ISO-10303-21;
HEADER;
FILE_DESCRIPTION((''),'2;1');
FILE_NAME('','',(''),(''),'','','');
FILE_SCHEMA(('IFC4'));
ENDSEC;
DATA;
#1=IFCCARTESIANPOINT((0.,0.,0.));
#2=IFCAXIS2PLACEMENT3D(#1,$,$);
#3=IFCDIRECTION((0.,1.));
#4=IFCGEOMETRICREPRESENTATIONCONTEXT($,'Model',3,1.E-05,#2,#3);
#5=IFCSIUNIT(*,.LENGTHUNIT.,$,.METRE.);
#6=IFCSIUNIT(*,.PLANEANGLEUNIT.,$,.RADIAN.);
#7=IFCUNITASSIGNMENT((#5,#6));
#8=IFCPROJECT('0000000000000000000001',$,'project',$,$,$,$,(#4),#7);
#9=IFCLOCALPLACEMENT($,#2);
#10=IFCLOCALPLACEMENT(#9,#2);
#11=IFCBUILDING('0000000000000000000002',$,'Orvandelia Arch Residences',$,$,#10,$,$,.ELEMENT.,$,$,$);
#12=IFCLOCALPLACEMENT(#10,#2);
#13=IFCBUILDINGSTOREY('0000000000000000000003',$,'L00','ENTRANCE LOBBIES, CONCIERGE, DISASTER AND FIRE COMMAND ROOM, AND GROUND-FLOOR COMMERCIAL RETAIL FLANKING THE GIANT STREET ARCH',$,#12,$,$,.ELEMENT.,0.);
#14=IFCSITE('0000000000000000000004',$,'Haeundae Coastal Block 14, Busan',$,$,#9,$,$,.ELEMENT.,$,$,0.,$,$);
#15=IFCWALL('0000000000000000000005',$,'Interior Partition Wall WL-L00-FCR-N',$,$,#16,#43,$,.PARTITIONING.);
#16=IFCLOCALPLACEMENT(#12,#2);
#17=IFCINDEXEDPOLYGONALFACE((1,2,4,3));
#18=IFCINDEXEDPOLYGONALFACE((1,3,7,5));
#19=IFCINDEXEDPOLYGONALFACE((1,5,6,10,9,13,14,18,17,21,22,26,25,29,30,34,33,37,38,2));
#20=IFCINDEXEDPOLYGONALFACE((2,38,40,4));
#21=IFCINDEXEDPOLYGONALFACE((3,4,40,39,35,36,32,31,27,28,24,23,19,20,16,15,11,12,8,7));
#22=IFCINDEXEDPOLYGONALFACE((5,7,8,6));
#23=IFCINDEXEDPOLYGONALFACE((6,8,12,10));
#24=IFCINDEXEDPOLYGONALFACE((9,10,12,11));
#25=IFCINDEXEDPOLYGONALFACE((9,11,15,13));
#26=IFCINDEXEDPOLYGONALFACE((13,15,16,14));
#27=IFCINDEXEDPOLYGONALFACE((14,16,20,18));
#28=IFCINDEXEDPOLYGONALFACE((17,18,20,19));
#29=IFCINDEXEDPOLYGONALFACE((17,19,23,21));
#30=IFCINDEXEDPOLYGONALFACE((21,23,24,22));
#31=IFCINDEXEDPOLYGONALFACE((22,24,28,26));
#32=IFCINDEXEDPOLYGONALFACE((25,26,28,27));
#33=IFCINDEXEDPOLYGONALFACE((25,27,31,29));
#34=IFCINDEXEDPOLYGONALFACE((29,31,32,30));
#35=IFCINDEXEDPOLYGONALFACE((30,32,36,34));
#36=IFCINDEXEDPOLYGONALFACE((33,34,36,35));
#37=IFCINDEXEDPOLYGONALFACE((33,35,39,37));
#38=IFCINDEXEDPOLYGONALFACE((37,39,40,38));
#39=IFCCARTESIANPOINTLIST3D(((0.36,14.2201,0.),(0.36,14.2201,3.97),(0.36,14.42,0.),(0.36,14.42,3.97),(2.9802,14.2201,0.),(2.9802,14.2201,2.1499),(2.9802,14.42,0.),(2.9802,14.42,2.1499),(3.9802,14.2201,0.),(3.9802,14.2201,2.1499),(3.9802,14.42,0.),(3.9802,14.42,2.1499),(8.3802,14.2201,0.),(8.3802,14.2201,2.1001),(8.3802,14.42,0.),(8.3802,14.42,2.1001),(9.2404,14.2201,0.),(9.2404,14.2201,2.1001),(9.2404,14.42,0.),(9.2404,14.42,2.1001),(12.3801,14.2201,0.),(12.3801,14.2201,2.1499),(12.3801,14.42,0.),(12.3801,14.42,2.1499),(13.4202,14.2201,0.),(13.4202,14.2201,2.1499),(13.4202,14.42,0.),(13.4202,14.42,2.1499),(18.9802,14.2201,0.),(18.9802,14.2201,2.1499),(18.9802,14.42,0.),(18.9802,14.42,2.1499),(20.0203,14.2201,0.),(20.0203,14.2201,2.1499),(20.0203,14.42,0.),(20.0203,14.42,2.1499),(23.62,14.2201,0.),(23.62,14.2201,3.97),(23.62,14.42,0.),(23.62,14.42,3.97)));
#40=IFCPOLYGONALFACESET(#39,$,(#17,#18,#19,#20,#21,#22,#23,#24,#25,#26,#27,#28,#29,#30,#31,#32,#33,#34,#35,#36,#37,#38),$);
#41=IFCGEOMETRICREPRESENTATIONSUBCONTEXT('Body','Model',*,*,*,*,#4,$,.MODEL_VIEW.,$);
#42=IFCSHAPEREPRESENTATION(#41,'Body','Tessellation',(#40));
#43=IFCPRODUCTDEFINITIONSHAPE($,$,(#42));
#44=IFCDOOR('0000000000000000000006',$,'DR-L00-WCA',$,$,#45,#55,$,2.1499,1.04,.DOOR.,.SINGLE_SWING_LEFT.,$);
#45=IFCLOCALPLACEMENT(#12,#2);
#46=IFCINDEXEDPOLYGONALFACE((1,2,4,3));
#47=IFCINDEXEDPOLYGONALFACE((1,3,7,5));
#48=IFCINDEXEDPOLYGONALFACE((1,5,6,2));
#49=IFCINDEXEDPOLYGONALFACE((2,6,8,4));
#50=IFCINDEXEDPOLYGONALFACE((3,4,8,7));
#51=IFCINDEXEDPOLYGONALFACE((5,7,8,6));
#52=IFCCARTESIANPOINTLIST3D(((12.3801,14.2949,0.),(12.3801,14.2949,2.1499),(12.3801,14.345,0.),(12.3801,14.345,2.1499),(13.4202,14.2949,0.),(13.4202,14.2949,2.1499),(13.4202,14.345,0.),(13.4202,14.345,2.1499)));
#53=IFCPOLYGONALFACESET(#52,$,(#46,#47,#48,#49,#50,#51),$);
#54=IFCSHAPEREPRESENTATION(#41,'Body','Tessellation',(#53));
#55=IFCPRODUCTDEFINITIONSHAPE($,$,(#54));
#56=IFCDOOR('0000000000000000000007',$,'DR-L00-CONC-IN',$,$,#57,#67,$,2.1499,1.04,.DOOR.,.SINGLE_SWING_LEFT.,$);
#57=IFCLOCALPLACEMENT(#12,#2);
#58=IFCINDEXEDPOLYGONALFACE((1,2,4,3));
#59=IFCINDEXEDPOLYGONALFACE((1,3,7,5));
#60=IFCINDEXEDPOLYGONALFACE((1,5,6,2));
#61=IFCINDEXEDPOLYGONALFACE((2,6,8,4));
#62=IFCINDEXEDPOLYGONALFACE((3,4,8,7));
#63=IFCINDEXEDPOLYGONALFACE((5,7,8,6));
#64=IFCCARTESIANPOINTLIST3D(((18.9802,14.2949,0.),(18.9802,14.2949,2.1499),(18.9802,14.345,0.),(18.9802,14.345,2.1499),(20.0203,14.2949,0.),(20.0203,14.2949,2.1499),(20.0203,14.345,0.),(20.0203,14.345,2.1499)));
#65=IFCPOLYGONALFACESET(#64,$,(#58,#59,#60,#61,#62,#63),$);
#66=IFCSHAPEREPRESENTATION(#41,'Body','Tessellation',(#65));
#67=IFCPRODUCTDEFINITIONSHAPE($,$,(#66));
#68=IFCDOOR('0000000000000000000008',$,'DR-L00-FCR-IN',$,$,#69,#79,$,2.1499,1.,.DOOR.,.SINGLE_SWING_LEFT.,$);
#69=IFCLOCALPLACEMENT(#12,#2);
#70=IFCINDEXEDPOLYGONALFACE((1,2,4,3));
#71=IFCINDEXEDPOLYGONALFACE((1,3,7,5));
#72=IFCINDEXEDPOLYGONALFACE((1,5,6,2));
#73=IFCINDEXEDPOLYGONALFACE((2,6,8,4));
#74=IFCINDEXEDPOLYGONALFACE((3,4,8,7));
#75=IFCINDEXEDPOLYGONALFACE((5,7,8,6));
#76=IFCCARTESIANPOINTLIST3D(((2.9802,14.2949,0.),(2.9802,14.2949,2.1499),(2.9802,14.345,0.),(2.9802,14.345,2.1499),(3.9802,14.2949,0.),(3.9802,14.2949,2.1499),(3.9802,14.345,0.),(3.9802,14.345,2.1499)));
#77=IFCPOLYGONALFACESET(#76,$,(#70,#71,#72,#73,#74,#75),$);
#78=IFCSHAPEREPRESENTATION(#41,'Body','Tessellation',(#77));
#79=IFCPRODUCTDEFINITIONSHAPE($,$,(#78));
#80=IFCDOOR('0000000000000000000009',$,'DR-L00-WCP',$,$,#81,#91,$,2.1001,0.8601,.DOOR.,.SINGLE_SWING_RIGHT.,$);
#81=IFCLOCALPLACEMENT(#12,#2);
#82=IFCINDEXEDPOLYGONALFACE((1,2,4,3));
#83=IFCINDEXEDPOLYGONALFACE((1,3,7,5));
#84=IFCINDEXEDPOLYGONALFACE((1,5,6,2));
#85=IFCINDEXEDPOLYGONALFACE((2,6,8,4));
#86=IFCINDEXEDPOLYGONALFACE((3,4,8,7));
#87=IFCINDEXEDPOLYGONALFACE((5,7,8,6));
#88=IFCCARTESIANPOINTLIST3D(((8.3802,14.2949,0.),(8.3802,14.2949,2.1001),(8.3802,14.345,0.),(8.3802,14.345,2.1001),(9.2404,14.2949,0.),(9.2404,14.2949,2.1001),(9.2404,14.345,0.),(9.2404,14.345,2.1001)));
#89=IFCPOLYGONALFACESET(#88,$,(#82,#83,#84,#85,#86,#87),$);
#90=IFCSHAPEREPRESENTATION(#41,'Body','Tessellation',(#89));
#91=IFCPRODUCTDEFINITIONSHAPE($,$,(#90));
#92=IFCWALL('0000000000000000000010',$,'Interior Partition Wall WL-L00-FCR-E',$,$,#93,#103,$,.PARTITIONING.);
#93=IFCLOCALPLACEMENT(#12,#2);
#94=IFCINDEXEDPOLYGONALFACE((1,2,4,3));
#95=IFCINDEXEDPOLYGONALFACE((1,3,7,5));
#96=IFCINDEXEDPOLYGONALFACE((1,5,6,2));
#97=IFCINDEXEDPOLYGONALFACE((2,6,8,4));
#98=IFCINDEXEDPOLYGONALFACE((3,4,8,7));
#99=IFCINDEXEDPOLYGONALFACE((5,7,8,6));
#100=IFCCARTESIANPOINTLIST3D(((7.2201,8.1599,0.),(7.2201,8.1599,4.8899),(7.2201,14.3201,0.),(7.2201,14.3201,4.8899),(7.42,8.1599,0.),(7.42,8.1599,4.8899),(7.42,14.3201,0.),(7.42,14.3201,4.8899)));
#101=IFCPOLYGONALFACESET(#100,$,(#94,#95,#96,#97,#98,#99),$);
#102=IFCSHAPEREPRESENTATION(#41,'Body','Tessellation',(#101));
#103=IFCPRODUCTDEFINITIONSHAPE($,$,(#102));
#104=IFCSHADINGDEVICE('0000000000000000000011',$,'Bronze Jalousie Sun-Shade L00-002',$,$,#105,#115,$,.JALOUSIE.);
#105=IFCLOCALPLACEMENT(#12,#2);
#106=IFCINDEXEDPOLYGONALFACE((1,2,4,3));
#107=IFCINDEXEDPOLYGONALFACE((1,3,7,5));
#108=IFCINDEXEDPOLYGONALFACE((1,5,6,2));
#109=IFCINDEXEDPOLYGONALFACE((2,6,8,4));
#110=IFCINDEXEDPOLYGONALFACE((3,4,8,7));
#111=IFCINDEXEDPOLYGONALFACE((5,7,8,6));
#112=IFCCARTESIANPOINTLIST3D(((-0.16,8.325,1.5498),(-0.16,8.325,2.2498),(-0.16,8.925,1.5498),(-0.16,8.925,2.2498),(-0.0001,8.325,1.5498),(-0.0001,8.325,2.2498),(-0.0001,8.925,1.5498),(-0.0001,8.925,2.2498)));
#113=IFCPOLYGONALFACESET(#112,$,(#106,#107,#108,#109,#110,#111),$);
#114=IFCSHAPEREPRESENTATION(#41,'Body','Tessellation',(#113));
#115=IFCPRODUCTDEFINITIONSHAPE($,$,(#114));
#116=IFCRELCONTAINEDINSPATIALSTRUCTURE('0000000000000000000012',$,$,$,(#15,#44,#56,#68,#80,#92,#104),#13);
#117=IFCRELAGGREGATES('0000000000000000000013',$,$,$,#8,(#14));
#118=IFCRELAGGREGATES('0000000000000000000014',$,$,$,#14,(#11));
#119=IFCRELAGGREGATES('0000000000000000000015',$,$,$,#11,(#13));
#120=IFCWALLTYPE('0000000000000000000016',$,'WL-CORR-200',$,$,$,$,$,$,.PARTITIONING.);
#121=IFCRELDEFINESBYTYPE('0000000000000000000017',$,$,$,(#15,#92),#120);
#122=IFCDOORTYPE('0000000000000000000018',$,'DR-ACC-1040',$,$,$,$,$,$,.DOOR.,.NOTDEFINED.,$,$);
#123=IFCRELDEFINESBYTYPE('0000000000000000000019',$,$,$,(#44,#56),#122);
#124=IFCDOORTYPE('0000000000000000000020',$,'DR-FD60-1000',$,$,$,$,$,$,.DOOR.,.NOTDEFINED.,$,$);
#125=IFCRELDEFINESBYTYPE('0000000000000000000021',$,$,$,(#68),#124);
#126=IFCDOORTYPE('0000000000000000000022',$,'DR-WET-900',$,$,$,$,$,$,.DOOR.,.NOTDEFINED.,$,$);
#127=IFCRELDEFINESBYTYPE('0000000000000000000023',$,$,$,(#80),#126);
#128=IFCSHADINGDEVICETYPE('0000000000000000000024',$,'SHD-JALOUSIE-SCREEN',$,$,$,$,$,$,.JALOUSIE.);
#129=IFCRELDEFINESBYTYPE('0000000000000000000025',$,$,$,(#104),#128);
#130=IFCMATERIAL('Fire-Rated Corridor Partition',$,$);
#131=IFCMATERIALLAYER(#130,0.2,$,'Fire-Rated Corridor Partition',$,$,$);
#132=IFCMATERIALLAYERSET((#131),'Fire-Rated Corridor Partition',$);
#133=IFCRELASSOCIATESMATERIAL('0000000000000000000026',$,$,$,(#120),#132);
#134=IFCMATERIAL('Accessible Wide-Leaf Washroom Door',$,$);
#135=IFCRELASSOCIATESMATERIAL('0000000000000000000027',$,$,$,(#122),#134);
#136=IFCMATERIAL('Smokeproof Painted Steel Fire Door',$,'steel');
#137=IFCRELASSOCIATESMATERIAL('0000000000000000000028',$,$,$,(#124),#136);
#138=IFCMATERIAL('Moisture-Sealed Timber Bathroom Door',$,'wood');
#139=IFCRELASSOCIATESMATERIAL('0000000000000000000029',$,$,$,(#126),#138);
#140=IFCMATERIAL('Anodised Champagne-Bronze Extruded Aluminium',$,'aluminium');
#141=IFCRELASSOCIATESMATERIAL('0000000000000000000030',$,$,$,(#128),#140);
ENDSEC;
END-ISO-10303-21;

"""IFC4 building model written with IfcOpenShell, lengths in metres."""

from ifc_helpers import new_model, si_unit, direction, frame, frame_2d, origin, origin_2d, place, context, subcontext, project, spatial, rectangle, extrude, material, layer, layer_set, type_object, element, fill, save


model = new_model("IFC4")

# Units and contexts
model_context = context("Model", 3, precision=1e-05, world=origin(), true_north=direction((0.0, 1.0)))
body_context = subcontext(model_context, "Body", "Model", "MODEL_VIEW")
ifc_project = project(units=[si_unit("LENGTHUNIT", "METRE"), si_unit("PLANEANGLEUNIT", "RADIAN")], contexts=[model_context])

# Site, building, storey
site_placement = place(None, origin())
site = spatial("IfcSite", under=ifc_project, at=site_placement, Name="Haeundae Coastal Block 14, Busan", CompositionType="ELEMENT", RefElevation=0.0)
building_placement = place(site_placement, origin())
building = spatial("IfcBuilding", under=site, at=building_placement, Name="Orvandelia Arch Residences", CompositionType="ELEMENT")
storey_placement = place(building_placement, origin())
storey = spatial("IfcBuildingStorey", under=building, at=storey_placement, Name="L00", Description="ENTRANCE LOBBIES, CONCIERGE, DISASTER AND FIRE COMMAND ROOM, AND GROUND-FLOOR COMMERCIAL RETAIL FLANKING THE GIANT STREET ARCH", CompositionType="ELEMENT", Elevation=0.0)

# Wall, openings, doors
ifc_material_1 = material(Name="Fire-Rated Corridor Partition")
ifc_layer = layer(ifc_material_1, 0.2, Name="Fire-Rated Corridor Partition")
ifc_layer_set = layer_set([ifc_layer], Name="Fire-Rated Corridor Partition")
wall_type = type_object("IfcWallType", Name="WL-CORR-200", PredefinedType="PARTITIONING", material=ifc_layer_set)
wall_1_placement = place(storey_placement, frame((0.3601, 14.3201, 0.0), z_axis=(0.0, 0.0, 1.0), x_axis=(1.0, 0.0, 0.0)))
wall_1 = element("IfcWall", 1, at=wall_1_placement, inside=storey, type_object=wall_type, Name="Interior Partition Wall WL-L00-FCR-N", PredefinedType="PARTITIONING", context=body_context, shape_type="SweptSolid", body=[
    extrude(rectangle(XDim=23.26, YDim=0.2, at=frame_2d((11.6299, 0.0))), origin(), (0.0, 0.0, 1.0), 3.97),
])
opening_1_placement = place(wall_1_placement, frame((2.6201, 0.0, 0.0)))
opening_1 = element("IfcOpeningElement", 2, at=opening_1_placement, cuts=wall_1, PredefinedType="OPENING", context=body_context, shape_type="SweptSolid", body=[
    extrude(rectangle(XDim=1.0, YDim=2.1499, at=frame_2d((0.5, 1.075))), frame((0.0, 0.1099, 0.0), z_axis=(0.0, -1.0, 0.0), x_axis=(1.0, 0.0, 0.0)), (0.0, 0.0, 1.0), 0.22),
])
opening_2_placement = place(wall_1_placement, frame((8.02, 0.0, 0.0)))
opening_2 = element("IfcOpeningElement", 3, at=opening_2_placement, cuts=wall_1, PredefinedType="OPENING", context=body_context, shape_type="SweptSolid", body=[
    extrude(rectangle(XDim=0.8601, YDim=2.1001, at=frame_2d((0.4302, 1.05))), frame((0.0, 0.1099, 0.0), z_axis=(0.0, -1.0, 0.0), x_axis=(1.0, 0.0, 0.0)), (0.0, 0.0, 1.0), 0.22),
])
opening_3_placement = place(wall_1_placement, frame((12.02, 0.0, 0.0)))
opening_3 = element("IfcOpeningElement", 4, at=opening_3_placement, cuts=wall_1, PredefinedType="OPENING", context=body_context, shape_type="SweptSolid", body=[
    extrude(rectangle(XDim=1.04, YDim=2.1499, at=frame_2d((0.52, 1.075))), frame((0.0, 0.1099, 0.0), z_axis=(0.0, -1.0, 0.0), x_axis=(1.0, 0.0, 0.0)), (0.0, 0.0, 1.0), 0.22),
])
opening_4_placement = place(wall_1_placement, frame((18.6201, 0.0, 0.0)))
opening_4 = element("IfcOpeningElement", 5, at=opening_4_placement, cuts=wall_1, PredefinedType="OPENING", context=body_context, shape_type="SweptSolid", body=[
    extrude(rectangle(XDim=1.04, YDim=2.1499, at=frame_2d((0.52, 1.075))), frame((0.0, 0.1099, 0.0), z_axis=(0.0, -1.0, 0.0), x_axis=(1.0, 0.0, 0.0)), (0.0, 0.0, 1.0), 0.22),
])
ifc_material_2 = material(Name="Accessible Wide-Leaf Washroom Door")
door_type_1 = type_object("IfcDoorType", Name="DR-ACC-1040", OperationType="NOTDEFINED", PredefinedType="DOOR", material=ifc_material_2)
door_1_placement = place(opening_3_placement, origin())
door_1 = element("IfcDoor", 6, at=door_1_placement, inside=storey, type_object=door_type_1, Name="DR-L00-WCA", OperationType="SINGLE_SWING_LEFT", OverallHeight=2.1499, OverallWidth=1.04, PredefinedType="DOOR", context=body_context, shape_type="SweptSolid", body=[
    extrude(rectangle(XDim=1.04, YDim=2.1499, at=frame_2d((0.52, 1.075))), frame((0.0, 0.0249, 0.0), z_axis=(0.0, -1.0, 0.0), x_axis=(1.0, 0.0, 0.0)), (0.0, 0.0, 1.0), 0.05),
])
fill(opening_3, door_1)
door_2_placement = place(opening_4_placement, origin())
door_2 = element("IfcDoor", 7, at=door_2_placement, inside=storey, type_object=door_type_1, Name="DR-L00-CONC-IN", OperationType="SINGLE_SWING_LEFT", OverallHeight=2.1499, OverallWidth=1.04, PredefinedType="DOOR", context=body_context, shape_type="SweptSolid", body=[
    extrude(rectangle(XDim=1.04, YDim=2.1499, at=frame_2d((0.52, 1.075))), frame((0.0, 0.0249, 0.0), z_axis=(0.0, -1.0, 0.0), x_axis=(1.0, 0.0, 0.0)), (0.0, 0.0, 1.0), 0.05),
])
fill(opening_4, door_2)
ifc_material_3 = material(Name="Smokeproof Painted Steel Fire Door", Category="steel")
door_type_2 = type_object("IfcDoorType", Name="DR-FD60-1000", OperationType="NOTDEFINED", PredefinedType="DOOR", material=ifc_material_3)
door_3_placement = place(opening_1_placement, origin())
door_3 = element("IfcDoor", 8, at=door_3_placement, inside=storey, type_object=door_type_2, Name="DR-L00-FCR-IN", OperationType="SINGLE_SWING_LEFT", OverallHeight=2.1499, OverallWidth=1.0, PredefinedType="DOOR", context=body_context, shape_type="SweptSolid", body=[
    extrude(rectangle(XDim=1.0, YDim=2.1499, at=frame_2d((0.5, 1.075))), frame((0.0, 0.0249, 0.0), z_axis=(0.0, -1.0, 0.0), x_axis=(1.0, 0.0, 0.0)), (0.0, 0.0, 1.0), 0.05),
])
fill(opening_1, door_3)
ifc_material_4 = material(Name="Moisture-Sealed Timber Bathroom Door", Category="wood")
door_type_3 = type_object("IfcDoorType", Name="DR-WET-900", OperationType="NOTDEFINED", PredefinedType="DOOR", material=ifc_material_4)
door_4_placement = place(opening_2_placement, origin())
door_4 = element("IfcDoor", 9, at=door_4_placement, inside=storey, type_object=door_type_3, Name="DR-L00-WCP", OperationType="SINGLE_SWING_RIGHT", OverallHeight=2.1001, OverallWidth=0.8601, PredefinedType="DOOR", context=body_context, shape_type="SweptSolid", body=[
    extrude(rectangle(XDim=0.8601, YDim=2.1001, at=frame_2d((0.4302, 1.05))), frame((0.0, 0.0249, 0.0), z_axis=(0.0, -1.0, 0.0), x_axis=(1.0, 0.0, 0.0)), (0.0, 0.0, 1.0), 0.05),
])
fill(opening_2, door_4)

# Wall
wall_2_placement = place(storey_placement, frame((7.3201, 8.1599, 0.0), z_axis=(0.0, 0.0, 1.0), x_axis=(0.0, 1.0, 0.0)))
element("IfcWall", 10, at=wall_2_placement, inside=storey, type_object=wall_type, Name="Interior Partition Wall WL-L00-FCR-E", PredefinedType="PARTITIONING", context=body_context, shape_type="SweptSolid", body=[
    extrude(rectangle(XDim=6.1602, YDim=0.2, at=frame_2d((3.0801, 0.0))), origin(), (0.0, 0.0, 1.0), 4.8899),
])

# Shading device
ifc_material_5 = material(Name="Anodised Champagne-Bronze Extruded Aluminium", Category="aluminium")
shading_device_type = type_object("IfcShadingDeviceType", Name="SHD-JALOUSIE-SCREEN", PredefinedType="JALOUSIE", material=ifc_material_5)
shading_device_placement = place(storey_placement, frame((-0.0801, 8.625, 1.5498), z_axis=(0.0, 0.0, 1.0), x_axis=(0.0, 1.0, 0.0)))
element("IfcShadingDevice", 11, at=shading_device_placement, inside=storey, type_object=shading_device_type, Name="Bronze Jalousie Sun-Shade L00-002", PredefinedType="JALOUSIE", context=body_context, shape_type="SweptSolid", body=[
    extrude(rectangle(XDim=0.6001, YDim=0.1599, at=origin_2d()), origin(), (0.0, 0.0, 1.0), 0.7),
])

save(model, "model.ifc")
